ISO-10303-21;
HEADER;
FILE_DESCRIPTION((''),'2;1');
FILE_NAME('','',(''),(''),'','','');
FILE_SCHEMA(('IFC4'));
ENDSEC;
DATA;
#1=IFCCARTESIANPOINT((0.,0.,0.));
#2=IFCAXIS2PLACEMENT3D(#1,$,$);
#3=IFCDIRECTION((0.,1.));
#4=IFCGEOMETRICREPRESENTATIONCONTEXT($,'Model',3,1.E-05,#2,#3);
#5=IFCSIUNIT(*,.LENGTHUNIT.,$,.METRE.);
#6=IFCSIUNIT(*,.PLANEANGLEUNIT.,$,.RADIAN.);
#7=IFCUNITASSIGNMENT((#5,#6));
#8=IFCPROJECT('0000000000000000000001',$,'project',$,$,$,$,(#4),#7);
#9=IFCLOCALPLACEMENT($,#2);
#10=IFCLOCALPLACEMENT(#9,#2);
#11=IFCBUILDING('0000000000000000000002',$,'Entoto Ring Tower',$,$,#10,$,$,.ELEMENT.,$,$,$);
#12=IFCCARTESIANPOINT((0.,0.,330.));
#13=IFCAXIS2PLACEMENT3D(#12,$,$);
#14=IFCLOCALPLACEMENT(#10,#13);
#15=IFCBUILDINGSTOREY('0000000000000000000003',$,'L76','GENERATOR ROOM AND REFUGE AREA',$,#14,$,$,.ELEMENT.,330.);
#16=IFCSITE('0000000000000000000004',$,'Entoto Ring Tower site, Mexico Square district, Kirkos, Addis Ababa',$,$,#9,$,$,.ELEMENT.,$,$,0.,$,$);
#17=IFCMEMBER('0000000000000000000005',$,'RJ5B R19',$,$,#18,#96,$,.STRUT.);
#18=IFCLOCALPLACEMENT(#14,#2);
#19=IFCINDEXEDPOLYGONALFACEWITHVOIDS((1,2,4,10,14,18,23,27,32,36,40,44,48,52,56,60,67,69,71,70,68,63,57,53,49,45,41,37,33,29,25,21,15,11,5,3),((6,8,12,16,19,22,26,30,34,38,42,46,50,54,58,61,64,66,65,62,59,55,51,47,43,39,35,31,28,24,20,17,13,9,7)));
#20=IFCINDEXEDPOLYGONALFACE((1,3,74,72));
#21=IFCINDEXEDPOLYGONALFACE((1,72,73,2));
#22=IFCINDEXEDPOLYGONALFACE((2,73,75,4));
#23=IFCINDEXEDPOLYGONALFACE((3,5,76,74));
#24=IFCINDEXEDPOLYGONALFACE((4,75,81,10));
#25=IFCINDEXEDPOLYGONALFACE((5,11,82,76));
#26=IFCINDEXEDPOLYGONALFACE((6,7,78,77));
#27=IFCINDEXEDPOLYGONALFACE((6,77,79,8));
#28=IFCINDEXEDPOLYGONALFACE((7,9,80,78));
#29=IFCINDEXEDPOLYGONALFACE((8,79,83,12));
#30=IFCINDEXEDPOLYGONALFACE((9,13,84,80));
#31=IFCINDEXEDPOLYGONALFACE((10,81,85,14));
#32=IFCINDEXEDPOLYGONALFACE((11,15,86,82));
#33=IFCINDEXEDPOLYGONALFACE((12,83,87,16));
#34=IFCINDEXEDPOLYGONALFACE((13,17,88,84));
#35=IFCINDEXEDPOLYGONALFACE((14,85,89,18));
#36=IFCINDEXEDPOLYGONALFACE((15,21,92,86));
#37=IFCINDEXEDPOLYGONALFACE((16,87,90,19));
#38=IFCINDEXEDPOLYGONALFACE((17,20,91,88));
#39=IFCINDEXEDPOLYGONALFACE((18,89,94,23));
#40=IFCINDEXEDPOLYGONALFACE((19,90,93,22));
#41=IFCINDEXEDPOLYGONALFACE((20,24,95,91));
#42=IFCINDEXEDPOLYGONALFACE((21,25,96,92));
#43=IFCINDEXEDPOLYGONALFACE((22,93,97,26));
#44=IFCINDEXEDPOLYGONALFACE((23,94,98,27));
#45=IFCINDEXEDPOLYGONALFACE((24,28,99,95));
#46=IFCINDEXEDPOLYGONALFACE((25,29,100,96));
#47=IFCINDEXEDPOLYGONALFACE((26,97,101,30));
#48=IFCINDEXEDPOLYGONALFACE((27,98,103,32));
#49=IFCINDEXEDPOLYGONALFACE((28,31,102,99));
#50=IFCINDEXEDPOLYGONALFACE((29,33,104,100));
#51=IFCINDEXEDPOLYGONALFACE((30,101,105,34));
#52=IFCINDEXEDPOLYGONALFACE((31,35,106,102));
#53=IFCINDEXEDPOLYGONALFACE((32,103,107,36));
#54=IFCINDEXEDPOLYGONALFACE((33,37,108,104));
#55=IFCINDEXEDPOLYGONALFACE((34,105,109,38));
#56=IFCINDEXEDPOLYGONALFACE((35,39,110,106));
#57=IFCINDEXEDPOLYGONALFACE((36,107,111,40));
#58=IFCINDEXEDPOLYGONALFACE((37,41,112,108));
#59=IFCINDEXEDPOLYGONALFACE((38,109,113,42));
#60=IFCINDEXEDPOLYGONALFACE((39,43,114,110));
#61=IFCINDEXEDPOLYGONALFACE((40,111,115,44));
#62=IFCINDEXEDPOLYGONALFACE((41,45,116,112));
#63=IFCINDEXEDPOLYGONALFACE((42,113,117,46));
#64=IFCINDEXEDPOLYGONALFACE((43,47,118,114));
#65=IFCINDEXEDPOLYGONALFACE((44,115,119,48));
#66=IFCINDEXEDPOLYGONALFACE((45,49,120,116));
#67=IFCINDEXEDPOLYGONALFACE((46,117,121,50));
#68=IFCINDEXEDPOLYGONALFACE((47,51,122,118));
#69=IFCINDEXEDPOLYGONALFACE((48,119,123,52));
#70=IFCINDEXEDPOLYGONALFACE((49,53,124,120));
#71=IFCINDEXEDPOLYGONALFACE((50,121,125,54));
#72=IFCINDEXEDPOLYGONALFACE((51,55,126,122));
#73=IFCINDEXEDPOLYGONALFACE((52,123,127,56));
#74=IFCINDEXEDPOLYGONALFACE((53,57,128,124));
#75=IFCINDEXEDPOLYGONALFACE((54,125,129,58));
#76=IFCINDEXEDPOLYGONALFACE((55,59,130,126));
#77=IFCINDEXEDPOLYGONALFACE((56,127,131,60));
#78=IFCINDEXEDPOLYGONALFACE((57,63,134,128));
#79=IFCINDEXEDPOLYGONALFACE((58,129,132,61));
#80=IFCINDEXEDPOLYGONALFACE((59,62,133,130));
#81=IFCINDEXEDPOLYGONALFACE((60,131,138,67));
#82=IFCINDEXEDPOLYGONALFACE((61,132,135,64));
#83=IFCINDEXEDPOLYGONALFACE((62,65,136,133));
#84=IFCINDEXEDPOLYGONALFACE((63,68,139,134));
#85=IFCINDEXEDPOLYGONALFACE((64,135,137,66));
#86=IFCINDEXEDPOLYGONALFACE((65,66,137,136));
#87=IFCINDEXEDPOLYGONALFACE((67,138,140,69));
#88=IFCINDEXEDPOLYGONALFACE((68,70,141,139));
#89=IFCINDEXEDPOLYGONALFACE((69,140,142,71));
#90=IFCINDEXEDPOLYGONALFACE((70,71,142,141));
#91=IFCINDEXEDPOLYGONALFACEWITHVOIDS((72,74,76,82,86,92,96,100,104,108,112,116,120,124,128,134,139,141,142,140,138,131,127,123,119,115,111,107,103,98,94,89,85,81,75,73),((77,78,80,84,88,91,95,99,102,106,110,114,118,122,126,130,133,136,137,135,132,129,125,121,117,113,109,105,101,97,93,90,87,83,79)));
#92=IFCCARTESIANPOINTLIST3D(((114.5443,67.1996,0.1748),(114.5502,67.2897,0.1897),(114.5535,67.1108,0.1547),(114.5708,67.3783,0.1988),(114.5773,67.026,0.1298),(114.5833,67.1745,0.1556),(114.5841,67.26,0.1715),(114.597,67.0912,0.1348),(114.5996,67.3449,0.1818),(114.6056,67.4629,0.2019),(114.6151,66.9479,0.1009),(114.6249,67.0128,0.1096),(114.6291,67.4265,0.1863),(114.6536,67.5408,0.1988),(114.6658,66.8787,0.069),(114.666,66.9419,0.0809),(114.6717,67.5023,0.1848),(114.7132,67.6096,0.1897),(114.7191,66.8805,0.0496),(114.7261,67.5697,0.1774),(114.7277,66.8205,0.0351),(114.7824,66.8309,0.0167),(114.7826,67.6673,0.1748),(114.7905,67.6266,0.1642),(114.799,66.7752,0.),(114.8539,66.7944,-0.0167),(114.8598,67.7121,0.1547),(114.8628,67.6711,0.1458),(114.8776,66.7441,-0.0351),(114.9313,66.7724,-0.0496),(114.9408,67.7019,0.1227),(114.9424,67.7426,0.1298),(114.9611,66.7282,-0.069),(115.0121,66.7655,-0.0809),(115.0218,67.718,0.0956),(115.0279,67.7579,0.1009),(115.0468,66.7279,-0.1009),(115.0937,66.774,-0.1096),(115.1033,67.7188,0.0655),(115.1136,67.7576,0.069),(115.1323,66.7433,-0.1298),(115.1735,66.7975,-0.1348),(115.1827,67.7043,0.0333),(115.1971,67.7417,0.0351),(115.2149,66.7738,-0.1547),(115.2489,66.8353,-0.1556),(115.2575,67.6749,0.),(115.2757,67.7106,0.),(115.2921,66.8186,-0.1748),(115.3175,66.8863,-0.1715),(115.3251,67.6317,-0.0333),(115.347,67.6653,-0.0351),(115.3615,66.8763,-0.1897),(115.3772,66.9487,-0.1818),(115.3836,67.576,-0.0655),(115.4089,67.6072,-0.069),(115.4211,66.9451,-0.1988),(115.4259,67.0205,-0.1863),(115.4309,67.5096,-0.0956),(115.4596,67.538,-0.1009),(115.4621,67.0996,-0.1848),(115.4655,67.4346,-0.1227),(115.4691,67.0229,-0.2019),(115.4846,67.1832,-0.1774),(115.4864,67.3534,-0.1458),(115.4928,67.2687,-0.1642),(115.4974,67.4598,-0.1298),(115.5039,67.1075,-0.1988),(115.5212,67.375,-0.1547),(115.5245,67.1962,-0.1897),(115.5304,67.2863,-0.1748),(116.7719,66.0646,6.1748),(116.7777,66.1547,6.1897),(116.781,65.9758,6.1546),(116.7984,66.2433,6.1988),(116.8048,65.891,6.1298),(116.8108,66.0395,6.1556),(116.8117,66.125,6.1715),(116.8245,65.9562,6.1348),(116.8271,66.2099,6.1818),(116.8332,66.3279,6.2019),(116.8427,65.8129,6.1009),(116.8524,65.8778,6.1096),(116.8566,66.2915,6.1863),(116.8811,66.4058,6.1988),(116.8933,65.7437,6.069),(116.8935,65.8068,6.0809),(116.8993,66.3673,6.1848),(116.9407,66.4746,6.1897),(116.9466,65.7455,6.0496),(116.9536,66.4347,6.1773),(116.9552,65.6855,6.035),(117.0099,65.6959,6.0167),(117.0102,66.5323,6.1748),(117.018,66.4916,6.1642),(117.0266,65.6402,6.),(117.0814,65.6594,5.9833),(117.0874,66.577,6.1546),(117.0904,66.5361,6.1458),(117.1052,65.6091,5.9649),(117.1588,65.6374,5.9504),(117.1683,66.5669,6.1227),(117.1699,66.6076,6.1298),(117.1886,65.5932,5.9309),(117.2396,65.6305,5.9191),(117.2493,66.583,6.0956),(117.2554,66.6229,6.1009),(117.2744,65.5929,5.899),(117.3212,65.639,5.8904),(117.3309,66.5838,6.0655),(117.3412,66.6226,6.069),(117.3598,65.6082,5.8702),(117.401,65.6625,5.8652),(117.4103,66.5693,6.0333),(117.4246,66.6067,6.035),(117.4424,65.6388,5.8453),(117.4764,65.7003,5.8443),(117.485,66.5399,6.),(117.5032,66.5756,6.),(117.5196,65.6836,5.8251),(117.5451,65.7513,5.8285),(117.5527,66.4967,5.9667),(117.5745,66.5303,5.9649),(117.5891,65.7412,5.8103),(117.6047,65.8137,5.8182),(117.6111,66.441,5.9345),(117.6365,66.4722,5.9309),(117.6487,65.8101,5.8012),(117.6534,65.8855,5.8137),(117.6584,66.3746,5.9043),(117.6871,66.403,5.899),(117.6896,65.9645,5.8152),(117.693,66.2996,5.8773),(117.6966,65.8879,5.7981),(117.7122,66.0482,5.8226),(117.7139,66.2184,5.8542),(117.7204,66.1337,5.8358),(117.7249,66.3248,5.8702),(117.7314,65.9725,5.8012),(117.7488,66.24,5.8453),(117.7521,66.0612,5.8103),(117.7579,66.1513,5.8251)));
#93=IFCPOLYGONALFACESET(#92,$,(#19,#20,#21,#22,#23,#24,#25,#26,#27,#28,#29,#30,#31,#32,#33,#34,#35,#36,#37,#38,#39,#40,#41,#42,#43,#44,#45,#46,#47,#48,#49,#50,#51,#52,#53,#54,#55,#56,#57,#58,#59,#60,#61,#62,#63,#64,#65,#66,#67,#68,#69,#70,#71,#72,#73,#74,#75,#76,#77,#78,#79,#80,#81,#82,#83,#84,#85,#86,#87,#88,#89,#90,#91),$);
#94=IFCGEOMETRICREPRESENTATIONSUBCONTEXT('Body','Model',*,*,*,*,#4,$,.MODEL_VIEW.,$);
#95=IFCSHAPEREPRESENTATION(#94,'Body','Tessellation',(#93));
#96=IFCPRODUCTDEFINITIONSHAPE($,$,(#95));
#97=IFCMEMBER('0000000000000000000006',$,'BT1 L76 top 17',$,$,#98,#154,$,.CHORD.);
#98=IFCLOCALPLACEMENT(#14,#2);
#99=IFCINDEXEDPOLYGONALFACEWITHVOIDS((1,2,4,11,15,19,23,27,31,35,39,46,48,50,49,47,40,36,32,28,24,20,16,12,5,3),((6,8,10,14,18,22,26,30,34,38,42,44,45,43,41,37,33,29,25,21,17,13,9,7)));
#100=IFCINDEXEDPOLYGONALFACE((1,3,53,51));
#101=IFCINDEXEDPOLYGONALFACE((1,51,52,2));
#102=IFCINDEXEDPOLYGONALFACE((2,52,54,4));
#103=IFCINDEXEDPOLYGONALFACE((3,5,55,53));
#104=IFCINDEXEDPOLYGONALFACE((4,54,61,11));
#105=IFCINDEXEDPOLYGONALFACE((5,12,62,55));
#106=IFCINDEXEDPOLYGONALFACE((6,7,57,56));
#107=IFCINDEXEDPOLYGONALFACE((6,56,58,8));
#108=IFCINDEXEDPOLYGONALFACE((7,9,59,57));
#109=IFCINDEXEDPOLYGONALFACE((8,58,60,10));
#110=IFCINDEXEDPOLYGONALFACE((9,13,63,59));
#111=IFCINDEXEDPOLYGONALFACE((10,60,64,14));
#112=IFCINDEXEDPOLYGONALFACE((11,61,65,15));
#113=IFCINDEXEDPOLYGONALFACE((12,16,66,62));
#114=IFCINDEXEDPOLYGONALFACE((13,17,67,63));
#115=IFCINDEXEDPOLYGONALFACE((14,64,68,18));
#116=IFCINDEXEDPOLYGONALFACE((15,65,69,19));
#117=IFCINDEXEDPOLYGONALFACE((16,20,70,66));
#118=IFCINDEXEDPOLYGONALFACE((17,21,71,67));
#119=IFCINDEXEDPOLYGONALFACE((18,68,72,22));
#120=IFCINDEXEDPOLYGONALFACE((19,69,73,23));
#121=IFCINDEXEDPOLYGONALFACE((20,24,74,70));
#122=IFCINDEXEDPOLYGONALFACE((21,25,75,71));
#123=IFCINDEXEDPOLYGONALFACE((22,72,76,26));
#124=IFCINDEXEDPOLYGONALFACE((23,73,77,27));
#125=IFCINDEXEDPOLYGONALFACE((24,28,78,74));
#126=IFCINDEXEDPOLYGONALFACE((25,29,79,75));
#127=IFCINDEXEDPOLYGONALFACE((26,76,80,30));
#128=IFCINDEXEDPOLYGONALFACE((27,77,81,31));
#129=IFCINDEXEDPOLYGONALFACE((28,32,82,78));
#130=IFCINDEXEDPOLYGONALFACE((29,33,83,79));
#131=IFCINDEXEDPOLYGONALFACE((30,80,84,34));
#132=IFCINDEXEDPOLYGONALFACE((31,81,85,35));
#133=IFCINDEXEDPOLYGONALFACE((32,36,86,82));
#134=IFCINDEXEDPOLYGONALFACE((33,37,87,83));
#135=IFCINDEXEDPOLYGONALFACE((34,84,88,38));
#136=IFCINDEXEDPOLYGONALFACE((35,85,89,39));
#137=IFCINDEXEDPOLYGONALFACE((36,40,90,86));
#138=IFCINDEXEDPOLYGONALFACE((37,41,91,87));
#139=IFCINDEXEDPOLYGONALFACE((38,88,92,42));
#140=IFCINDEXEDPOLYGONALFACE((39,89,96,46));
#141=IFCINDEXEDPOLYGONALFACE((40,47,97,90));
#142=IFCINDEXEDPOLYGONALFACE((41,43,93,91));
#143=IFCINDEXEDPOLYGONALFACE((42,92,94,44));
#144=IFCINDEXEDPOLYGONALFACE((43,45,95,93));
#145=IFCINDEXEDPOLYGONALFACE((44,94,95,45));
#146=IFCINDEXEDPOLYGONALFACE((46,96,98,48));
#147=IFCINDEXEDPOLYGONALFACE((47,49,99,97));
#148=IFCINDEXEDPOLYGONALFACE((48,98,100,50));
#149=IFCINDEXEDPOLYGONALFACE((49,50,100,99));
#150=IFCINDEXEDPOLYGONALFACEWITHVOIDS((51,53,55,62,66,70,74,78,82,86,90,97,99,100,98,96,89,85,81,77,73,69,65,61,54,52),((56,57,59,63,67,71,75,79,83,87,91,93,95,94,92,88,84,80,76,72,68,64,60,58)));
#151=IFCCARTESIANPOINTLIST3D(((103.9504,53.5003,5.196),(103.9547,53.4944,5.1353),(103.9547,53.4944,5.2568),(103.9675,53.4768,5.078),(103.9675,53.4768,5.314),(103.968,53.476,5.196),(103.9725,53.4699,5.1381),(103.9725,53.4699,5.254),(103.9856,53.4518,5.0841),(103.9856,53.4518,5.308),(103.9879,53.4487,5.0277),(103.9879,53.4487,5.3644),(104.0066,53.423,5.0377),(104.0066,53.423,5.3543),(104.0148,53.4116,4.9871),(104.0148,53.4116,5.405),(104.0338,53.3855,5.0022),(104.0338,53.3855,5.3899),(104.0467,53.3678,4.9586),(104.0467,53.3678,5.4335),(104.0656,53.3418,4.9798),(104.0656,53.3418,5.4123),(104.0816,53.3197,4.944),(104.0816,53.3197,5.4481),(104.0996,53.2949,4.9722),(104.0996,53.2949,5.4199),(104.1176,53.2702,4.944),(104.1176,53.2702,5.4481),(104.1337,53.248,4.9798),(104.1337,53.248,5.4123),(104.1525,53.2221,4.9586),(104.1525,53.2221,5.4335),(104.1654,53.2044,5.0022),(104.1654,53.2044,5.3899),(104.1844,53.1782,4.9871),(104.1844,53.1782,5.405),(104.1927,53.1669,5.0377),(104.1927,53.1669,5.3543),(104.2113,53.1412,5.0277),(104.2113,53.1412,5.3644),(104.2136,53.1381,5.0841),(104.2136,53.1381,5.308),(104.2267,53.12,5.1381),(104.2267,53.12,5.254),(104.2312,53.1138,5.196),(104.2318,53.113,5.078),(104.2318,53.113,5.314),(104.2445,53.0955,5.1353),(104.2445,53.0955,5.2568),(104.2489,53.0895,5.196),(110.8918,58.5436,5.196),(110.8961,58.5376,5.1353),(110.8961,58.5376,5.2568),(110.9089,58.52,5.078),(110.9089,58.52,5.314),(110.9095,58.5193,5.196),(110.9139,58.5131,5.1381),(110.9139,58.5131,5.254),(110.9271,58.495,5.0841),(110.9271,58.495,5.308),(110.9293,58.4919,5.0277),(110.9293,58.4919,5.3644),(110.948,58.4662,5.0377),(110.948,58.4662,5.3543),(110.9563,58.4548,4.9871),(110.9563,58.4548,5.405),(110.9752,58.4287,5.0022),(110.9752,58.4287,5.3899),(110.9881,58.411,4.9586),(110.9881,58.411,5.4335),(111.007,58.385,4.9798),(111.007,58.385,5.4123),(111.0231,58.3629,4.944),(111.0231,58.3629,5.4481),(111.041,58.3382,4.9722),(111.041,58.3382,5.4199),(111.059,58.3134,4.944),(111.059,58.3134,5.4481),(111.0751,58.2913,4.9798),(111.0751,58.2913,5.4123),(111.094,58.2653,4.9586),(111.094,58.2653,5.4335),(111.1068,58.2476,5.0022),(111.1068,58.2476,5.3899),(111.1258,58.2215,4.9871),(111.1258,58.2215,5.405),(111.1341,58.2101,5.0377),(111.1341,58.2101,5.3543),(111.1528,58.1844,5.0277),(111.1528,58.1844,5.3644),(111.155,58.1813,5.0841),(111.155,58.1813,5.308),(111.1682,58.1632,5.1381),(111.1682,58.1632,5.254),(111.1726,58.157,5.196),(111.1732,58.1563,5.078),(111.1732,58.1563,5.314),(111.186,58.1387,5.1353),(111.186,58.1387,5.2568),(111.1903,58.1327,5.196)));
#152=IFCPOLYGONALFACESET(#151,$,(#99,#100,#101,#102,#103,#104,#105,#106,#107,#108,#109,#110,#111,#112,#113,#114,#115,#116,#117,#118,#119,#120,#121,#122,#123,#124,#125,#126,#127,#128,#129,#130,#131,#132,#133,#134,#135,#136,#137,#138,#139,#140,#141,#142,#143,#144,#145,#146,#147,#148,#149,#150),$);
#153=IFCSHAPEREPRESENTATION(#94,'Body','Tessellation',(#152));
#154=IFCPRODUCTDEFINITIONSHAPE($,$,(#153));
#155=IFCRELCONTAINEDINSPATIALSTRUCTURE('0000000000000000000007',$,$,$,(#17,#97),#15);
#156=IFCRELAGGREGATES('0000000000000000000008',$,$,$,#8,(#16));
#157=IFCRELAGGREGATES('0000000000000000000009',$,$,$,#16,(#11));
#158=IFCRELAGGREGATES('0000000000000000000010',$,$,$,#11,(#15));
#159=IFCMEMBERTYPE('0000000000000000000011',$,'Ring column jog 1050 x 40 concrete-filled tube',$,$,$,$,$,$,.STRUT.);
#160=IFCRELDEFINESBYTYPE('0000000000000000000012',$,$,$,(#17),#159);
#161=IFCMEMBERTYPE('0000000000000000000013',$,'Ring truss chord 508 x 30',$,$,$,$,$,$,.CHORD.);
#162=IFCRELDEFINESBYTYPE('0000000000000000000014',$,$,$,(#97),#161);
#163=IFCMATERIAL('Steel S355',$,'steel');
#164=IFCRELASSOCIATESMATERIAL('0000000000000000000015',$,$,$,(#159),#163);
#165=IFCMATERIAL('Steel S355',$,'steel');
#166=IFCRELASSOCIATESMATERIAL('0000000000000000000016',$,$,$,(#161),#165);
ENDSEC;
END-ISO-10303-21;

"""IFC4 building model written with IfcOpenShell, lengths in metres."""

from ifc_helpers import new_model, si_unit, direction, frame, origin, origin_2d, place, context, subcontext, project, spatial, circle, hollow_circle, extrude, material, material_profile, profile_set, type_object, element, save


model = new_model("IFC4")

# Units and contexts
model_context = context("Model", 3, precision=1e-05, world=origin(), true_north=direction((0.0, 1.0)))
body_context = subcontext(model_context, "Body", "Model", "MODEL_VIEW")
ifc_project = project(units=[si_unit("LENGTHUNIT", "METRE"), si_unit("PLANEANGLEUNIT", "RADIAN")], contexts=[model_context])

# Site, building, storey
site_placement = place(None, origin())
site = spatial("IfcSite", under=ifc_project, at=site_placement, Name="Entoto Ring Tower site, Mexico Square district, Kirkos, Addis Ababa", CompositionType="ELEMENT", RefElevation=0.0)
building_placement = place(site_placement, origin())
building = spatial("IfcBuilding", under=site, at=building_placement, Name="Entoto Ring Tower", CompositionType="ELEMENT")
storey_placement = place(building_placement, frame((0.0, 0.0, 330.0)))
storey = spatial("IfcBuildingStorey", under=building, at=storey_placement, Name="L76", Description="GENERATOR ROOM AND REFUGE AREA", CompositionType="ELEMENT", Elevation=330.0)

# Members
ifc_material_1 = material(Name="Steel S355", Category="steel")
ifc_material_profile_1 = material_profile(ifc_material_1, hollow_circle(Radius=0.5249, WallThickness=0.04, at=origin_2d()), Name="CHS 1050 x 40")
ifc_material_2 = material(Name="Concrete C60/75", Category="concrete")
ifc_material_profile_2 = material_profile(ifc_material_2, circle(Radius=0.4851, at=origin_2d()), Name="Concrete C60/75 infill")
ifc_profile_set_1 = profile_set([ifc_material_profile_1, ifc_material_profile_2], Name="Steel S355")
member_type_1 = type_object("IfcMemberType", Name="Ring column jog 1050 x 40 concrete-filled tube", PredefinedType="STRUT", material=ifc_profile_set_1)
for number, where, z_axis, x_axis, name in (
    (1, (115.0374, 67.2429, 0.0), (0.342698, -0.174617, 0.923075), (0.453997, 0.891003, 0.0), "RJ5B R19"),
):
    element("IfcMember", number, at=place(storey_placement, frame(where, z_axis=z_axis, x_axis=x_axis)), inside=storey, type_object=member_type_1, Name=name, PredefinedType="STRUT", context=body_context, shape_type="SweptSolid", body=[
        extrude(hollow_circle(Radius=0.5249, WallThickness=0.04, at=origin_2d()), origin(), (0.0, 0.0, 1.0), 6.5),
    ])
ifc_material_3 = material(Name="Steel S355", Category="steel")
ifc_material_profile_3 = material_profile(ifc_material_3, hollow_circle(Radius=0.2539, WallThickness=0.03, at=origin_2d()), Name="CHS 508 x 30")
ifc_material_4 = material(Name="Concrete C60/75", Category="concrete")
ifc_material_profile_4 = material_profile(ifc_material_4, circle(Radius=0.2241, at=origin_2d()), Name="Concrete C60/75 infill")
ifc_profile_set_2 = profile_set([ifc_material_profile_3, ifc_material_profile_4], Name="Steel S355")
member_type_2 = type_object("IfcMemberType", Name="Ring truss chord 508 x 30", PredefinedType="CHORD", material=ifc_profile_set_2)
member_1_placement = place(storey_placement, frame((104.0996, 53.2949, 5.196), z_axis=(0.809018, 0.587784, 0.0), x_axis=(-0.587784, 0.809018, 0.0)))
element("IfcMember", 2, at=member_1_placement, inside=storey, type_object=member_type_2, Name="BT1 L76 top 17", PredefinedType="CHORD", context=body_context, shape_type="SweptSolid", body=[
    extrude(hollow_circle(Radius=0.2539, WallThickness=0.03, at=origin_2d()), origin(), (0.0, 0.0, 1.0), 8.5801),
])

save(model, "model.ifc")
